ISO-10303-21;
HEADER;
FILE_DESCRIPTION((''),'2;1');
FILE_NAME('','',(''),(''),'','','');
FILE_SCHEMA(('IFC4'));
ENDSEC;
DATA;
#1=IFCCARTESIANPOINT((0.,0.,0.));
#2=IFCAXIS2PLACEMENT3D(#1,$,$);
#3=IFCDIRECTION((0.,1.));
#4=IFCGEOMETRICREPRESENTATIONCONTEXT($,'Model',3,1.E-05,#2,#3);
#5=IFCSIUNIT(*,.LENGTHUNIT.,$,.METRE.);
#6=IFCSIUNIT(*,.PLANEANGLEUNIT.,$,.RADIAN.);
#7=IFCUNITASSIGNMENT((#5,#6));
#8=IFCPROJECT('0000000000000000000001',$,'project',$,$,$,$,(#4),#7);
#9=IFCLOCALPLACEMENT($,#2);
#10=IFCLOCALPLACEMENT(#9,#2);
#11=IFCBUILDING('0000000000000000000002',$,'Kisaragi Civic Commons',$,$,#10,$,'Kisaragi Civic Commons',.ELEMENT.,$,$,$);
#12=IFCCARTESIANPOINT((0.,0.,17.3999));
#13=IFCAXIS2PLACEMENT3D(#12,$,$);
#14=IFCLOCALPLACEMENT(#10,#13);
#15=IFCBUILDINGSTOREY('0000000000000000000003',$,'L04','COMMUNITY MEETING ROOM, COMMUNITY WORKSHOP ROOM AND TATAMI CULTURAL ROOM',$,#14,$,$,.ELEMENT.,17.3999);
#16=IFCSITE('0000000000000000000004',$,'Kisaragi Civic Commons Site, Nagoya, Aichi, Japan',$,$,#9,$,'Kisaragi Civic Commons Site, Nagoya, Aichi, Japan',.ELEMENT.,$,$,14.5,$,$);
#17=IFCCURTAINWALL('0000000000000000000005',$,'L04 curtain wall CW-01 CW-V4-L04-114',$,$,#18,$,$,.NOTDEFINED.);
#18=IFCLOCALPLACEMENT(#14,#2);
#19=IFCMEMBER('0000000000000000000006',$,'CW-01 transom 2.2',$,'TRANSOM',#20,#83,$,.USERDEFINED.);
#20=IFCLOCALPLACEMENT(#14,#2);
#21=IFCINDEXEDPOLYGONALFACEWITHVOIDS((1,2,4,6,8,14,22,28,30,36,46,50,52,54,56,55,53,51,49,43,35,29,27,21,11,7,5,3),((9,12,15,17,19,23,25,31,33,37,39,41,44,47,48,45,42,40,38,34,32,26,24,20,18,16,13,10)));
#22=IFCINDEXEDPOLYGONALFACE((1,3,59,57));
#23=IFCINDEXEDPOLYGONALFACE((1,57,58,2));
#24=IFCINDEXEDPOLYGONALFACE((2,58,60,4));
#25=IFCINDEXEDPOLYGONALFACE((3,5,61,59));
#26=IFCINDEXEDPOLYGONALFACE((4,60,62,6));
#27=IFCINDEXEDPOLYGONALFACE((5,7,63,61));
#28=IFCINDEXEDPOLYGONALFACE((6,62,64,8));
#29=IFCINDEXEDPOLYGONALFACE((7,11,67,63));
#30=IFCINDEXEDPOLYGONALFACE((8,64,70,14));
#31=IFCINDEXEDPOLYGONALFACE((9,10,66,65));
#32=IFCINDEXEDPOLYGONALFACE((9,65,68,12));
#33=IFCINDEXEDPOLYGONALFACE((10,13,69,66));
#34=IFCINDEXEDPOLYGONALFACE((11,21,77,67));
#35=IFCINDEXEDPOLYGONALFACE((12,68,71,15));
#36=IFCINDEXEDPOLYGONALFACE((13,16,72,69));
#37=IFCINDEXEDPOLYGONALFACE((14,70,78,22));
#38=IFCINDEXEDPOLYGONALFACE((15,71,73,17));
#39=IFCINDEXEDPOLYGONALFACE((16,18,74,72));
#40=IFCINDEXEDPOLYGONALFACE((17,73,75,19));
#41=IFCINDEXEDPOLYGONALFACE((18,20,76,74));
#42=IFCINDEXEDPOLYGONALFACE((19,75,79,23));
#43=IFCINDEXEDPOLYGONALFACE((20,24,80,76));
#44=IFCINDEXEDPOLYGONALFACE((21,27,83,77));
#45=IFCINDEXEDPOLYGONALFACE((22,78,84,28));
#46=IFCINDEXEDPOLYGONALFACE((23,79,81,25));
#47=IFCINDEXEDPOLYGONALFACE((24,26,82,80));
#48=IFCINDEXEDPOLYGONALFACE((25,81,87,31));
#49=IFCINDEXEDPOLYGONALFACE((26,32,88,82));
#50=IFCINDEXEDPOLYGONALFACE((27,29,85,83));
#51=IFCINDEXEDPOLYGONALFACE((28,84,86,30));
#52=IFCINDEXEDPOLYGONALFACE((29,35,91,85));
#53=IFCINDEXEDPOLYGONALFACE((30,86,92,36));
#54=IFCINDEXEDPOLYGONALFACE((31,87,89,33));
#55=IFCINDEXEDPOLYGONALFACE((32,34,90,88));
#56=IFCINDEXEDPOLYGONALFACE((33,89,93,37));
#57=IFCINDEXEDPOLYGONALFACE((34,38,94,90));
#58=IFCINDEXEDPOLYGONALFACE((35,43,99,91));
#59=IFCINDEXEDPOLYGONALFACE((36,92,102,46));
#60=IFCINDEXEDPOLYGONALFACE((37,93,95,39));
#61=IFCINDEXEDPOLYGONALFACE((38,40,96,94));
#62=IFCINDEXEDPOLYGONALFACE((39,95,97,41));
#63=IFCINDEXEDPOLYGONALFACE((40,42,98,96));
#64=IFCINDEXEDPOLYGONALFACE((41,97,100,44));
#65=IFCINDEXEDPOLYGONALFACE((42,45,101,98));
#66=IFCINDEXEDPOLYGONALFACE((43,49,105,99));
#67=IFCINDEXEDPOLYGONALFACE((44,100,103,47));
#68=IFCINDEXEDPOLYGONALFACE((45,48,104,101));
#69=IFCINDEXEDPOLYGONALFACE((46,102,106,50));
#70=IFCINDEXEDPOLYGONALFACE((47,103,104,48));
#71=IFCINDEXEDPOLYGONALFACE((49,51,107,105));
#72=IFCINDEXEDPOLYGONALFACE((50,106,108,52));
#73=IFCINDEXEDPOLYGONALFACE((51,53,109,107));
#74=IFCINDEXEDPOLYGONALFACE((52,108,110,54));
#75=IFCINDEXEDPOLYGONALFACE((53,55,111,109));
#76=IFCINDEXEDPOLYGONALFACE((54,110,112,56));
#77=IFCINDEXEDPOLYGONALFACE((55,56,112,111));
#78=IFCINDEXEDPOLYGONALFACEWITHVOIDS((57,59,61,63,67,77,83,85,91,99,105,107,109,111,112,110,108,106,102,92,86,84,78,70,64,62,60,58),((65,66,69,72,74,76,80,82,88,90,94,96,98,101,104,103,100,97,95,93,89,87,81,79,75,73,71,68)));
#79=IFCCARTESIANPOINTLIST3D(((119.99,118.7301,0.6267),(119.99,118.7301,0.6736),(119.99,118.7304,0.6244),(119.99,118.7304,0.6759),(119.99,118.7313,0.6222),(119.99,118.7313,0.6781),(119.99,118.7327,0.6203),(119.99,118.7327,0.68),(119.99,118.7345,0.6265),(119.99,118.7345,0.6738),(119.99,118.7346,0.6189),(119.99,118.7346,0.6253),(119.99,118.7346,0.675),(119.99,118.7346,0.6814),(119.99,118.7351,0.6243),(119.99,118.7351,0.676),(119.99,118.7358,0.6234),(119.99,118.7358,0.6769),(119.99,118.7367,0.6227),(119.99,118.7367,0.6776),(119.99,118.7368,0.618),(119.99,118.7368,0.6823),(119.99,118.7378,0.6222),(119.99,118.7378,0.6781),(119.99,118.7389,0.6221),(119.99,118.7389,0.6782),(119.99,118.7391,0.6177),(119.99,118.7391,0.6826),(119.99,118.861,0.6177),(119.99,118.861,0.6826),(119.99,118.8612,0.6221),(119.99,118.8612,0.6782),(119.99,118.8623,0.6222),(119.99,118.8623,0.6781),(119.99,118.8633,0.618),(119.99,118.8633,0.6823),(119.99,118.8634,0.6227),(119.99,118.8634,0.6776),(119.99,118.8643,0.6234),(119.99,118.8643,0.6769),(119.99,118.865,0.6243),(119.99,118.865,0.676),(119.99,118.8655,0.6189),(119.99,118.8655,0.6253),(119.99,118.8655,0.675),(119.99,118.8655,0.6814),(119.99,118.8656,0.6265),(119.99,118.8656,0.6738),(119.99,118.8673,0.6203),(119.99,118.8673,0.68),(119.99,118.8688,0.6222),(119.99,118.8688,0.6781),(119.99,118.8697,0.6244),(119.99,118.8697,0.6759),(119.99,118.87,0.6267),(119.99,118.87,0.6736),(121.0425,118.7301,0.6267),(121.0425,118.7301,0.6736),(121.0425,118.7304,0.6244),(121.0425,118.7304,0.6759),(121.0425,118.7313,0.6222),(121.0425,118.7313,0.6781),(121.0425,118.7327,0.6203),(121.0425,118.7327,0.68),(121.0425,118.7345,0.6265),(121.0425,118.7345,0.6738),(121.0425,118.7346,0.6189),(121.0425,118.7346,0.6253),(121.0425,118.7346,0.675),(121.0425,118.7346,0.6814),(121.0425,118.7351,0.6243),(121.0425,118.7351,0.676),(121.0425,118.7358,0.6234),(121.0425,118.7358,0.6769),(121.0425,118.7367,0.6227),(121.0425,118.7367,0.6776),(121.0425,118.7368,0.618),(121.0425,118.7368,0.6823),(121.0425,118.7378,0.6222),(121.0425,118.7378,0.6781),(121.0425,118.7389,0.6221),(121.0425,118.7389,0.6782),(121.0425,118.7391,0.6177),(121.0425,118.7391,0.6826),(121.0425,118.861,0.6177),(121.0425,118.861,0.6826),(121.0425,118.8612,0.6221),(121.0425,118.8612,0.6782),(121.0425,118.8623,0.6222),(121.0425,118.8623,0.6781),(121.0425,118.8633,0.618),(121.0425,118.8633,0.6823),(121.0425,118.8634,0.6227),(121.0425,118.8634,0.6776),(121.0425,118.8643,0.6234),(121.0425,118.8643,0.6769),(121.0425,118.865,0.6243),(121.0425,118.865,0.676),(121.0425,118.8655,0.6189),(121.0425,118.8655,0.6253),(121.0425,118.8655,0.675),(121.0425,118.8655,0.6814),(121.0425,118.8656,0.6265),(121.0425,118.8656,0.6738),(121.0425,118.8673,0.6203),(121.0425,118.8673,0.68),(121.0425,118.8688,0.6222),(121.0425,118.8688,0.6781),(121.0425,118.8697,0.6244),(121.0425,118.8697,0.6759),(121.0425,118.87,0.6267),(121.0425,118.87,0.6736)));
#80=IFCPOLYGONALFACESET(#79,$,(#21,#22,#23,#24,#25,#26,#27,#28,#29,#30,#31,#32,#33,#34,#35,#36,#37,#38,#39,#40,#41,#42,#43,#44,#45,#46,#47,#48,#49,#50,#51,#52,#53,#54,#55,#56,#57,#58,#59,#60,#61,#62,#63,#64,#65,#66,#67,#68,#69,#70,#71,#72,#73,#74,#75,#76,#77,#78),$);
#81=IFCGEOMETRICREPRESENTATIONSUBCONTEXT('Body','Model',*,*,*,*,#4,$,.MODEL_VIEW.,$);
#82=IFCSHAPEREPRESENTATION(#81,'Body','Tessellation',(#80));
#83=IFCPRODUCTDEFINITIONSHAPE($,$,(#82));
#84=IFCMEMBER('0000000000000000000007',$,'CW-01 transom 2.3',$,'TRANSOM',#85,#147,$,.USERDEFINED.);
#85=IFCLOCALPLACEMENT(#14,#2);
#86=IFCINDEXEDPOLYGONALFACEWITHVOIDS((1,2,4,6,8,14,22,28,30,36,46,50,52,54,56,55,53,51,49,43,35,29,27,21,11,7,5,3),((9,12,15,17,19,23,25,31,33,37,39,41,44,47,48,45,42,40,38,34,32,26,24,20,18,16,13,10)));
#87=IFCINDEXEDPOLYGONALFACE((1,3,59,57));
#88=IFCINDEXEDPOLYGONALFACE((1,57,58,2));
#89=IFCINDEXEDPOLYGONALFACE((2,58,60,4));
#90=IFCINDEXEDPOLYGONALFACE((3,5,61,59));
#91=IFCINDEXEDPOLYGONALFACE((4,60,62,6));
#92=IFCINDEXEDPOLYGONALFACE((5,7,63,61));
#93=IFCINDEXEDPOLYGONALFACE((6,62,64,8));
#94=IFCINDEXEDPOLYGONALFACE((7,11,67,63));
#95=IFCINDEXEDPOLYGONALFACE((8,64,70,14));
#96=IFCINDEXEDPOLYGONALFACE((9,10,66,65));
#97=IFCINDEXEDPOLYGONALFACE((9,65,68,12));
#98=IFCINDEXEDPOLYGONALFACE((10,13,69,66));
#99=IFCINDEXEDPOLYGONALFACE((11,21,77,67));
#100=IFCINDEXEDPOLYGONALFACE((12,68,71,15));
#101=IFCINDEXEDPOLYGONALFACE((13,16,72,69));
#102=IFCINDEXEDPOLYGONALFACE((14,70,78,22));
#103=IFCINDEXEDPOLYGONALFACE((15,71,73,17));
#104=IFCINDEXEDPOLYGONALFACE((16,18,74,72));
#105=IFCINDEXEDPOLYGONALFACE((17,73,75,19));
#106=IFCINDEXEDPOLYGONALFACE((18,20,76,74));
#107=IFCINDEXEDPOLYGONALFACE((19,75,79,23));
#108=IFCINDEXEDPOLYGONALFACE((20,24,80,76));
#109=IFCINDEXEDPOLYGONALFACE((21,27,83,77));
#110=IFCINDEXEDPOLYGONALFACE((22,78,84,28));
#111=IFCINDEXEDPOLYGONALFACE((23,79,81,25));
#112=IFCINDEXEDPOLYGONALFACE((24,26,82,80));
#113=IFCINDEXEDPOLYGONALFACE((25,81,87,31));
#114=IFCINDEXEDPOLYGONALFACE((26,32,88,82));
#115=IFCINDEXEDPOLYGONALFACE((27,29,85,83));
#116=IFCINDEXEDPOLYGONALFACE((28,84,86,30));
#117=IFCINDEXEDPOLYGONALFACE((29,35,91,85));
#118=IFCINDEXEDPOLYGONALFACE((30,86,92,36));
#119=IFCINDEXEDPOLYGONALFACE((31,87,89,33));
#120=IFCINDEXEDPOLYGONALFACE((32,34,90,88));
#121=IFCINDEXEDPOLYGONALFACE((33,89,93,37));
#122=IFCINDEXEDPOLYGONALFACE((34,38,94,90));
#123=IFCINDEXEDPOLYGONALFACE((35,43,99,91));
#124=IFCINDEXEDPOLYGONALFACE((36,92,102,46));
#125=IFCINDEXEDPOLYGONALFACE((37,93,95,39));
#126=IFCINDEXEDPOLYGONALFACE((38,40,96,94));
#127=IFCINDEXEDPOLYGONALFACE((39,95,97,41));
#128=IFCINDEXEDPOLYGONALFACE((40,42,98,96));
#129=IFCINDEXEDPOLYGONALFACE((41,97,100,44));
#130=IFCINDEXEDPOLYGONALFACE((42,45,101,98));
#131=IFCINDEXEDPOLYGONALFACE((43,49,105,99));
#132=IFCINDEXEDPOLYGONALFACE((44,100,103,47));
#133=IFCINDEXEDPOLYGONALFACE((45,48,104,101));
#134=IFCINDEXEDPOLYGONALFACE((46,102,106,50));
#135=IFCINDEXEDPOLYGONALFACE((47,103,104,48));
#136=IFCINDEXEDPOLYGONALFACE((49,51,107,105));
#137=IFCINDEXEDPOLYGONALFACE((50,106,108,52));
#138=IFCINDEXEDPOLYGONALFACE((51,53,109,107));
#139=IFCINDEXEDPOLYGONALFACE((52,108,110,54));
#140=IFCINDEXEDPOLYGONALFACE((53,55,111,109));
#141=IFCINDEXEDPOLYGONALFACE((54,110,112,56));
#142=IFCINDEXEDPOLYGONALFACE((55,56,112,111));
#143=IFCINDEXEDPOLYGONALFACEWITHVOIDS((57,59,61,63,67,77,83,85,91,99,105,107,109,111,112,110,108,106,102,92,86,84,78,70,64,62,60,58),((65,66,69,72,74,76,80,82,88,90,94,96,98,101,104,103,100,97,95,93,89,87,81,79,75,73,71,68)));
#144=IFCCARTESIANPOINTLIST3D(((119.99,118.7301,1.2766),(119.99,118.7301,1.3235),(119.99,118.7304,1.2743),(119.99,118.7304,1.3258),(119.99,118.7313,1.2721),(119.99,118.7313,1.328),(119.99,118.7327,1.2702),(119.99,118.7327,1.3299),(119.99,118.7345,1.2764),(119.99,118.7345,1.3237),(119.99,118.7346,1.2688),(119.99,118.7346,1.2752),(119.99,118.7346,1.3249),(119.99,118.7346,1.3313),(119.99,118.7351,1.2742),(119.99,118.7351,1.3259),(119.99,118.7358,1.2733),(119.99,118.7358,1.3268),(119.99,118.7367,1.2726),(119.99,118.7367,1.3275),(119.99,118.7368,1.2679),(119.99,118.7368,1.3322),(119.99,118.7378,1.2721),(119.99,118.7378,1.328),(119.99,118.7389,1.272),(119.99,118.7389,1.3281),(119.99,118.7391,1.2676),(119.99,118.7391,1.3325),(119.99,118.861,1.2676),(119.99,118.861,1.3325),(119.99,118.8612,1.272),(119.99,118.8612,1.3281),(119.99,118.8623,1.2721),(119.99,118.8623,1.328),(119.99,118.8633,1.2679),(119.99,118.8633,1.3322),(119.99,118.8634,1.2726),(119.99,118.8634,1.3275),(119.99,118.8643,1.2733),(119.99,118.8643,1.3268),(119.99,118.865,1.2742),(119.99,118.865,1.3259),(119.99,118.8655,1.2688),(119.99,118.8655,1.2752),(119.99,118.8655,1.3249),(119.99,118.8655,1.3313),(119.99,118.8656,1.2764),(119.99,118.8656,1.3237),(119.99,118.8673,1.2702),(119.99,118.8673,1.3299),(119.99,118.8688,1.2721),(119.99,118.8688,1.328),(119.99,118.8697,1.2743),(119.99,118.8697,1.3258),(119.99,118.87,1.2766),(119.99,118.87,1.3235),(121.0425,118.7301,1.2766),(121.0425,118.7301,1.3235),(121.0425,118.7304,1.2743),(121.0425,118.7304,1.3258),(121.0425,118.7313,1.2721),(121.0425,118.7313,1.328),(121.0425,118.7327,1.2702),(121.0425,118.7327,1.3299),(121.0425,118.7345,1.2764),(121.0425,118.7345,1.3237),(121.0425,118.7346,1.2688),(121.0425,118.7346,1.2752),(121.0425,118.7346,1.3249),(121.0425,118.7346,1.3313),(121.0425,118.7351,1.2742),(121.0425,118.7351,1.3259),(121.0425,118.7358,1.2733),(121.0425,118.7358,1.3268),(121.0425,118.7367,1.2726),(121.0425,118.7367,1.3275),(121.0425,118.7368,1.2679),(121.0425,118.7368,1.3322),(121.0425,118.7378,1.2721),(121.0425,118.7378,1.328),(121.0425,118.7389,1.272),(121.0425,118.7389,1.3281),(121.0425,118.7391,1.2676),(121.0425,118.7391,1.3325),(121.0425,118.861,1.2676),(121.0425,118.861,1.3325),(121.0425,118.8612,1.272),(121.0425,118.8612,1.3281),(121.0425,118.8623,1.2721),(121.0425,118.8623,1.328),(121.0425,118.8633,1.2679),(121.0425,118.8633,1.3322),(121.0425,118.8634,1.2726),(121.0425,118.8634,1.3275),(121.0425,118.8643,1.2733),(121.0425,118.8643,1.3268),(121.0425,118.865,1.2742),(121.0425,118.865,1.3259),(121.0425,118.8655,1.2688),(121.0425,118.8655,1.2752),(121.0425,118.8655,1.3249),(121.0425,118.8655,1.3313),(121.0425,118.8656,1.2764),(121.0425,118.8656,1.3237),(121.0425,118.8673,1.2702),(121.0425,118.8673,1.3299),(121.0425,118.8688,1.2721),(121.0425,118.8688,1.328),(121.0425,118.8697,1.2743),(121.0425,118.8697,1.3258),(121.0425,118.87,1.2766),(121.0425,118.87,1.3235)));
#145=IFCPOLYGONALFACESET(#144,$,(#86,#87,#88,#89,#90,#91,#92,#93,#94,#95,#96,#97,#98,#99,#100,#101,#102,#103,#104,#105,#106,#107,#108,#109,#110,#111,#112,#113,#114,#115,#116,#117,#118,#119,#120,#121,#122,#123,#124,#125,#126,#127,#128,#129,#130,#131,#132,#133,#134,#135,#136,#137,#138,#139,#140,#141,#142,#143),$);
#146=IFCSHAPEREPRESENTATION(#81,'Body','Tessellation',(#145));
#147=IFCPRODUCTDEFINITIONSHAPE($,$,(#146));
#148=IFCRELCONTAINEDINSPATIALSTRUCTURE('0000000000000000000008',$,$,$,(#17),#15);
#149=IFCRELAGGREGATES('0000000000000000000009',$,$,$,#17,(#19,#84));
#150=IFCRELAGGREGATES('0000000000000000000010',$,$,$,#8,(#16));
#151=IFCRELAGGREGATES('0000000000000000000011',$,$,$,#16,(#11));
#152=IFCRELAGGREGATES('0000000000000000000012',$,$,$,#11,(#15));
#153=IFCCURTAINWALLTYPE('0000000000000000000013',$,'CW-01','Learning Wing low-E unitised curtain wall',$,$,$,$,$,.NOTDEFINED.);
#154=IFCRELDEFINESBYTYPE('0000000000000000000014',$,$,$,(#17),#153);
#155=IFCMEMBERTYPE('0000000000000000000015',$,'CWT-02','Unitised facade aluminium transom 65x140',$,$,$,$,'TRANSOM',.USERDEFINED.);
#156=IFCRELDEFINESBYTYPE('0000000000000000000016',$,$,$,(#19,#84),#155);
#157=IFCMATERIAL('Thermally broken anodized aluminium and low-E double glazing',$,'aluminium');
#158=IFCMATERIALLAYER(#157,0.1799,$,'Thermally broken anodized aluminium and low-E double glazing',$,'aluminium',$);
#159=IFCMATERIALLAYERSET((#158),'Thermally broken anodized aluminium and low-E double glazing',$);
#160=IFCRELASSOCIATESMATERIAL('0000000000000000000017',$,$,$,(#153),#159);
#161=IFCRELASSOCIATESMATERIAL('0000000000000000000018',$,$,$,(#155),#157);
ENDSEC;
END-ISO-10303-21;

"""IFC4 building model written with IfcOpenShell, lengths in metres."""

from ifc_helpers import new_model, si_unit, direction, frame, origin, origin_2d, place, context, subcontext, project, spatial, hollow_rectangle, extrude, material, layer, layer_set, material_profile, profile_set, type_object, element, aggregate, save


model = new_model("IFC4")

# Units and contexts
model_context = context("Model", 3, precision=1e-05, world=origin(), true_north=direction((0.0, 1.0)))
body_context = subcontext(model_context, "Body", "Model", "MODEL_VIEW")
ifc_project = project(units=[si_unit("LENGTHUNIT", "METRE"), si_unit("PLANEANGLEUNIT", "RADIAN")], contexts=[model_context])

# Site, building, storey
site_placement = place(None, origin())
site = spatial("IfcSite", under=ifc_project, at=site_placement, Name="Kisaragi Civic Commons Site, Nagoya, Aichi, Japan", LongName="Kisaragi Civic Commons Site, Nagoya, Aichi, Japan", CompositionType="ELEMENT", RefElevation=14.5)
building_placement = place(site_placement, origin())
building = spatial("IfcBuilding", under=site, at=building_placement, Name="Kisaragi Civic Commons", LongName="Kisaragi Civic Commons", CompositionType="ELEMENT")
storey_placement = place(building_placement, frame((0.0, 0.0, 17.3999)))
storey = spatial("IfcBuildingStorey", under=building, at=storey_placement, Name="L04", Description="COMMUNITY MEETING ROOM, COMMUNITY WORKSHOP ROOM AND TATAMI CULTURAL ROOM", CompositionType="ELEMENT", Elevation=17.3999)

# Shared definitions
ifc_material_1 = material(Name="Thermally broken anodized aluminium and low-E double glazing", Category="aluminium")
ifc_layer_1 = layer(ifc_material_1, 0.1799, Name="Thermally broken anodized aluminium and low-E double glazing", Category="aluminium")
ifc_layer_set_1 = layer_set([ifc_layer_1], Name="Thermally broken anodized aluminium and low-E double glazing")
curtain_wall_type = type_object("IfcCurtainWallType", Name="CW-01", Description="Learning Wing low-E unitised curtain wall", PredefinedType="NOTDEFINED", material=ifc_layer_set_1)

# Curtain wall, members
curtain_wall_1_placement = place(storey_placement, origin())
curtain_wall_1 = element("IfcCurtainWall", 1, at=curtain_wall_1_placement, inside=storey, type_object=curtain_wall_type, Name="L04 curtain wall CW-01 CW-V4-L04-114", PredefinedType="NOTDEFINED")
ifc_material_profile_1 = material_profile(ifc_material_1, hollow_rectangle(XDim=0.1399, YDim=0.0649, WallThickness=0.0044, InnerFilletRadius=0.0044, OuterFilletRadius=0.009, at=origin_2d()), Name="CWT-65x140x4.5", Category="aluminium")
ifc_profile_set_1 = profile_set([ifc_material_profile_1], Name="Thermally broken anodized aluminium and low-E double glazing")
member_type_1 = type_object("IfcMemberType", Name="CWT-02", Description="Unitised facade aluminium transom 65x140", ElementType="TRANSOM", PredefinedType="USERDEFINED", material=ifc_profile_set_1)
member_1_placement = place(storey_placement, frame((119.99, 118.8, 0.6501), z_axis=(1.0, 0.0, 0.0), x_axis=(0.0, 1.0, 0.0)))
member_1 = element("IfcMember", 2, at=member_1_placement, type_object=member_type_1, Name="CW-01 transom 2.2", ObjectType="TRANSOM", PredefinedType="USERDEFINED", context=body_context, shape_type="SweptSolid", body=[
    extrude(hollow_rectangle(XDim=0.1399, YDim=0.0649, WallThickness=0.0044, InnerFilletRadius=0.0044, OuterFilletRadius=0.009, at=origin_2d()), origin(), (0.0, 0.0, 1.0), 1.0525),
])
member_2_placement = place(storey_placement, frame((119.99, 118.8, 1.3), z_axis=(1.0, 0.0, 0.0), x_axis=(0.0, 1.0, 0.0)))
member_2 = element("IfcMember", 3, at=member_2_placement, type_object=member_type_1, Name="CW-01 transom 2.3", ObjectType="TRANSOM", PredefinedType="USERDEFINED", context=body_context, shape_type="SweptSolid", body=[
    extrude(hollow_rectangle(XDim=0.1399, YDim=0.0649, WallThickness=0.0044, InnerFilletRadius=0.0044, OuterFilletRadius=0.009, at=origin_2d()), origin(), (0.0, 0.0, 1.0), 1.0525),
])
aggregate(curtain_wall_1, [member_1, member_2])

save(model, "model.ifc")
